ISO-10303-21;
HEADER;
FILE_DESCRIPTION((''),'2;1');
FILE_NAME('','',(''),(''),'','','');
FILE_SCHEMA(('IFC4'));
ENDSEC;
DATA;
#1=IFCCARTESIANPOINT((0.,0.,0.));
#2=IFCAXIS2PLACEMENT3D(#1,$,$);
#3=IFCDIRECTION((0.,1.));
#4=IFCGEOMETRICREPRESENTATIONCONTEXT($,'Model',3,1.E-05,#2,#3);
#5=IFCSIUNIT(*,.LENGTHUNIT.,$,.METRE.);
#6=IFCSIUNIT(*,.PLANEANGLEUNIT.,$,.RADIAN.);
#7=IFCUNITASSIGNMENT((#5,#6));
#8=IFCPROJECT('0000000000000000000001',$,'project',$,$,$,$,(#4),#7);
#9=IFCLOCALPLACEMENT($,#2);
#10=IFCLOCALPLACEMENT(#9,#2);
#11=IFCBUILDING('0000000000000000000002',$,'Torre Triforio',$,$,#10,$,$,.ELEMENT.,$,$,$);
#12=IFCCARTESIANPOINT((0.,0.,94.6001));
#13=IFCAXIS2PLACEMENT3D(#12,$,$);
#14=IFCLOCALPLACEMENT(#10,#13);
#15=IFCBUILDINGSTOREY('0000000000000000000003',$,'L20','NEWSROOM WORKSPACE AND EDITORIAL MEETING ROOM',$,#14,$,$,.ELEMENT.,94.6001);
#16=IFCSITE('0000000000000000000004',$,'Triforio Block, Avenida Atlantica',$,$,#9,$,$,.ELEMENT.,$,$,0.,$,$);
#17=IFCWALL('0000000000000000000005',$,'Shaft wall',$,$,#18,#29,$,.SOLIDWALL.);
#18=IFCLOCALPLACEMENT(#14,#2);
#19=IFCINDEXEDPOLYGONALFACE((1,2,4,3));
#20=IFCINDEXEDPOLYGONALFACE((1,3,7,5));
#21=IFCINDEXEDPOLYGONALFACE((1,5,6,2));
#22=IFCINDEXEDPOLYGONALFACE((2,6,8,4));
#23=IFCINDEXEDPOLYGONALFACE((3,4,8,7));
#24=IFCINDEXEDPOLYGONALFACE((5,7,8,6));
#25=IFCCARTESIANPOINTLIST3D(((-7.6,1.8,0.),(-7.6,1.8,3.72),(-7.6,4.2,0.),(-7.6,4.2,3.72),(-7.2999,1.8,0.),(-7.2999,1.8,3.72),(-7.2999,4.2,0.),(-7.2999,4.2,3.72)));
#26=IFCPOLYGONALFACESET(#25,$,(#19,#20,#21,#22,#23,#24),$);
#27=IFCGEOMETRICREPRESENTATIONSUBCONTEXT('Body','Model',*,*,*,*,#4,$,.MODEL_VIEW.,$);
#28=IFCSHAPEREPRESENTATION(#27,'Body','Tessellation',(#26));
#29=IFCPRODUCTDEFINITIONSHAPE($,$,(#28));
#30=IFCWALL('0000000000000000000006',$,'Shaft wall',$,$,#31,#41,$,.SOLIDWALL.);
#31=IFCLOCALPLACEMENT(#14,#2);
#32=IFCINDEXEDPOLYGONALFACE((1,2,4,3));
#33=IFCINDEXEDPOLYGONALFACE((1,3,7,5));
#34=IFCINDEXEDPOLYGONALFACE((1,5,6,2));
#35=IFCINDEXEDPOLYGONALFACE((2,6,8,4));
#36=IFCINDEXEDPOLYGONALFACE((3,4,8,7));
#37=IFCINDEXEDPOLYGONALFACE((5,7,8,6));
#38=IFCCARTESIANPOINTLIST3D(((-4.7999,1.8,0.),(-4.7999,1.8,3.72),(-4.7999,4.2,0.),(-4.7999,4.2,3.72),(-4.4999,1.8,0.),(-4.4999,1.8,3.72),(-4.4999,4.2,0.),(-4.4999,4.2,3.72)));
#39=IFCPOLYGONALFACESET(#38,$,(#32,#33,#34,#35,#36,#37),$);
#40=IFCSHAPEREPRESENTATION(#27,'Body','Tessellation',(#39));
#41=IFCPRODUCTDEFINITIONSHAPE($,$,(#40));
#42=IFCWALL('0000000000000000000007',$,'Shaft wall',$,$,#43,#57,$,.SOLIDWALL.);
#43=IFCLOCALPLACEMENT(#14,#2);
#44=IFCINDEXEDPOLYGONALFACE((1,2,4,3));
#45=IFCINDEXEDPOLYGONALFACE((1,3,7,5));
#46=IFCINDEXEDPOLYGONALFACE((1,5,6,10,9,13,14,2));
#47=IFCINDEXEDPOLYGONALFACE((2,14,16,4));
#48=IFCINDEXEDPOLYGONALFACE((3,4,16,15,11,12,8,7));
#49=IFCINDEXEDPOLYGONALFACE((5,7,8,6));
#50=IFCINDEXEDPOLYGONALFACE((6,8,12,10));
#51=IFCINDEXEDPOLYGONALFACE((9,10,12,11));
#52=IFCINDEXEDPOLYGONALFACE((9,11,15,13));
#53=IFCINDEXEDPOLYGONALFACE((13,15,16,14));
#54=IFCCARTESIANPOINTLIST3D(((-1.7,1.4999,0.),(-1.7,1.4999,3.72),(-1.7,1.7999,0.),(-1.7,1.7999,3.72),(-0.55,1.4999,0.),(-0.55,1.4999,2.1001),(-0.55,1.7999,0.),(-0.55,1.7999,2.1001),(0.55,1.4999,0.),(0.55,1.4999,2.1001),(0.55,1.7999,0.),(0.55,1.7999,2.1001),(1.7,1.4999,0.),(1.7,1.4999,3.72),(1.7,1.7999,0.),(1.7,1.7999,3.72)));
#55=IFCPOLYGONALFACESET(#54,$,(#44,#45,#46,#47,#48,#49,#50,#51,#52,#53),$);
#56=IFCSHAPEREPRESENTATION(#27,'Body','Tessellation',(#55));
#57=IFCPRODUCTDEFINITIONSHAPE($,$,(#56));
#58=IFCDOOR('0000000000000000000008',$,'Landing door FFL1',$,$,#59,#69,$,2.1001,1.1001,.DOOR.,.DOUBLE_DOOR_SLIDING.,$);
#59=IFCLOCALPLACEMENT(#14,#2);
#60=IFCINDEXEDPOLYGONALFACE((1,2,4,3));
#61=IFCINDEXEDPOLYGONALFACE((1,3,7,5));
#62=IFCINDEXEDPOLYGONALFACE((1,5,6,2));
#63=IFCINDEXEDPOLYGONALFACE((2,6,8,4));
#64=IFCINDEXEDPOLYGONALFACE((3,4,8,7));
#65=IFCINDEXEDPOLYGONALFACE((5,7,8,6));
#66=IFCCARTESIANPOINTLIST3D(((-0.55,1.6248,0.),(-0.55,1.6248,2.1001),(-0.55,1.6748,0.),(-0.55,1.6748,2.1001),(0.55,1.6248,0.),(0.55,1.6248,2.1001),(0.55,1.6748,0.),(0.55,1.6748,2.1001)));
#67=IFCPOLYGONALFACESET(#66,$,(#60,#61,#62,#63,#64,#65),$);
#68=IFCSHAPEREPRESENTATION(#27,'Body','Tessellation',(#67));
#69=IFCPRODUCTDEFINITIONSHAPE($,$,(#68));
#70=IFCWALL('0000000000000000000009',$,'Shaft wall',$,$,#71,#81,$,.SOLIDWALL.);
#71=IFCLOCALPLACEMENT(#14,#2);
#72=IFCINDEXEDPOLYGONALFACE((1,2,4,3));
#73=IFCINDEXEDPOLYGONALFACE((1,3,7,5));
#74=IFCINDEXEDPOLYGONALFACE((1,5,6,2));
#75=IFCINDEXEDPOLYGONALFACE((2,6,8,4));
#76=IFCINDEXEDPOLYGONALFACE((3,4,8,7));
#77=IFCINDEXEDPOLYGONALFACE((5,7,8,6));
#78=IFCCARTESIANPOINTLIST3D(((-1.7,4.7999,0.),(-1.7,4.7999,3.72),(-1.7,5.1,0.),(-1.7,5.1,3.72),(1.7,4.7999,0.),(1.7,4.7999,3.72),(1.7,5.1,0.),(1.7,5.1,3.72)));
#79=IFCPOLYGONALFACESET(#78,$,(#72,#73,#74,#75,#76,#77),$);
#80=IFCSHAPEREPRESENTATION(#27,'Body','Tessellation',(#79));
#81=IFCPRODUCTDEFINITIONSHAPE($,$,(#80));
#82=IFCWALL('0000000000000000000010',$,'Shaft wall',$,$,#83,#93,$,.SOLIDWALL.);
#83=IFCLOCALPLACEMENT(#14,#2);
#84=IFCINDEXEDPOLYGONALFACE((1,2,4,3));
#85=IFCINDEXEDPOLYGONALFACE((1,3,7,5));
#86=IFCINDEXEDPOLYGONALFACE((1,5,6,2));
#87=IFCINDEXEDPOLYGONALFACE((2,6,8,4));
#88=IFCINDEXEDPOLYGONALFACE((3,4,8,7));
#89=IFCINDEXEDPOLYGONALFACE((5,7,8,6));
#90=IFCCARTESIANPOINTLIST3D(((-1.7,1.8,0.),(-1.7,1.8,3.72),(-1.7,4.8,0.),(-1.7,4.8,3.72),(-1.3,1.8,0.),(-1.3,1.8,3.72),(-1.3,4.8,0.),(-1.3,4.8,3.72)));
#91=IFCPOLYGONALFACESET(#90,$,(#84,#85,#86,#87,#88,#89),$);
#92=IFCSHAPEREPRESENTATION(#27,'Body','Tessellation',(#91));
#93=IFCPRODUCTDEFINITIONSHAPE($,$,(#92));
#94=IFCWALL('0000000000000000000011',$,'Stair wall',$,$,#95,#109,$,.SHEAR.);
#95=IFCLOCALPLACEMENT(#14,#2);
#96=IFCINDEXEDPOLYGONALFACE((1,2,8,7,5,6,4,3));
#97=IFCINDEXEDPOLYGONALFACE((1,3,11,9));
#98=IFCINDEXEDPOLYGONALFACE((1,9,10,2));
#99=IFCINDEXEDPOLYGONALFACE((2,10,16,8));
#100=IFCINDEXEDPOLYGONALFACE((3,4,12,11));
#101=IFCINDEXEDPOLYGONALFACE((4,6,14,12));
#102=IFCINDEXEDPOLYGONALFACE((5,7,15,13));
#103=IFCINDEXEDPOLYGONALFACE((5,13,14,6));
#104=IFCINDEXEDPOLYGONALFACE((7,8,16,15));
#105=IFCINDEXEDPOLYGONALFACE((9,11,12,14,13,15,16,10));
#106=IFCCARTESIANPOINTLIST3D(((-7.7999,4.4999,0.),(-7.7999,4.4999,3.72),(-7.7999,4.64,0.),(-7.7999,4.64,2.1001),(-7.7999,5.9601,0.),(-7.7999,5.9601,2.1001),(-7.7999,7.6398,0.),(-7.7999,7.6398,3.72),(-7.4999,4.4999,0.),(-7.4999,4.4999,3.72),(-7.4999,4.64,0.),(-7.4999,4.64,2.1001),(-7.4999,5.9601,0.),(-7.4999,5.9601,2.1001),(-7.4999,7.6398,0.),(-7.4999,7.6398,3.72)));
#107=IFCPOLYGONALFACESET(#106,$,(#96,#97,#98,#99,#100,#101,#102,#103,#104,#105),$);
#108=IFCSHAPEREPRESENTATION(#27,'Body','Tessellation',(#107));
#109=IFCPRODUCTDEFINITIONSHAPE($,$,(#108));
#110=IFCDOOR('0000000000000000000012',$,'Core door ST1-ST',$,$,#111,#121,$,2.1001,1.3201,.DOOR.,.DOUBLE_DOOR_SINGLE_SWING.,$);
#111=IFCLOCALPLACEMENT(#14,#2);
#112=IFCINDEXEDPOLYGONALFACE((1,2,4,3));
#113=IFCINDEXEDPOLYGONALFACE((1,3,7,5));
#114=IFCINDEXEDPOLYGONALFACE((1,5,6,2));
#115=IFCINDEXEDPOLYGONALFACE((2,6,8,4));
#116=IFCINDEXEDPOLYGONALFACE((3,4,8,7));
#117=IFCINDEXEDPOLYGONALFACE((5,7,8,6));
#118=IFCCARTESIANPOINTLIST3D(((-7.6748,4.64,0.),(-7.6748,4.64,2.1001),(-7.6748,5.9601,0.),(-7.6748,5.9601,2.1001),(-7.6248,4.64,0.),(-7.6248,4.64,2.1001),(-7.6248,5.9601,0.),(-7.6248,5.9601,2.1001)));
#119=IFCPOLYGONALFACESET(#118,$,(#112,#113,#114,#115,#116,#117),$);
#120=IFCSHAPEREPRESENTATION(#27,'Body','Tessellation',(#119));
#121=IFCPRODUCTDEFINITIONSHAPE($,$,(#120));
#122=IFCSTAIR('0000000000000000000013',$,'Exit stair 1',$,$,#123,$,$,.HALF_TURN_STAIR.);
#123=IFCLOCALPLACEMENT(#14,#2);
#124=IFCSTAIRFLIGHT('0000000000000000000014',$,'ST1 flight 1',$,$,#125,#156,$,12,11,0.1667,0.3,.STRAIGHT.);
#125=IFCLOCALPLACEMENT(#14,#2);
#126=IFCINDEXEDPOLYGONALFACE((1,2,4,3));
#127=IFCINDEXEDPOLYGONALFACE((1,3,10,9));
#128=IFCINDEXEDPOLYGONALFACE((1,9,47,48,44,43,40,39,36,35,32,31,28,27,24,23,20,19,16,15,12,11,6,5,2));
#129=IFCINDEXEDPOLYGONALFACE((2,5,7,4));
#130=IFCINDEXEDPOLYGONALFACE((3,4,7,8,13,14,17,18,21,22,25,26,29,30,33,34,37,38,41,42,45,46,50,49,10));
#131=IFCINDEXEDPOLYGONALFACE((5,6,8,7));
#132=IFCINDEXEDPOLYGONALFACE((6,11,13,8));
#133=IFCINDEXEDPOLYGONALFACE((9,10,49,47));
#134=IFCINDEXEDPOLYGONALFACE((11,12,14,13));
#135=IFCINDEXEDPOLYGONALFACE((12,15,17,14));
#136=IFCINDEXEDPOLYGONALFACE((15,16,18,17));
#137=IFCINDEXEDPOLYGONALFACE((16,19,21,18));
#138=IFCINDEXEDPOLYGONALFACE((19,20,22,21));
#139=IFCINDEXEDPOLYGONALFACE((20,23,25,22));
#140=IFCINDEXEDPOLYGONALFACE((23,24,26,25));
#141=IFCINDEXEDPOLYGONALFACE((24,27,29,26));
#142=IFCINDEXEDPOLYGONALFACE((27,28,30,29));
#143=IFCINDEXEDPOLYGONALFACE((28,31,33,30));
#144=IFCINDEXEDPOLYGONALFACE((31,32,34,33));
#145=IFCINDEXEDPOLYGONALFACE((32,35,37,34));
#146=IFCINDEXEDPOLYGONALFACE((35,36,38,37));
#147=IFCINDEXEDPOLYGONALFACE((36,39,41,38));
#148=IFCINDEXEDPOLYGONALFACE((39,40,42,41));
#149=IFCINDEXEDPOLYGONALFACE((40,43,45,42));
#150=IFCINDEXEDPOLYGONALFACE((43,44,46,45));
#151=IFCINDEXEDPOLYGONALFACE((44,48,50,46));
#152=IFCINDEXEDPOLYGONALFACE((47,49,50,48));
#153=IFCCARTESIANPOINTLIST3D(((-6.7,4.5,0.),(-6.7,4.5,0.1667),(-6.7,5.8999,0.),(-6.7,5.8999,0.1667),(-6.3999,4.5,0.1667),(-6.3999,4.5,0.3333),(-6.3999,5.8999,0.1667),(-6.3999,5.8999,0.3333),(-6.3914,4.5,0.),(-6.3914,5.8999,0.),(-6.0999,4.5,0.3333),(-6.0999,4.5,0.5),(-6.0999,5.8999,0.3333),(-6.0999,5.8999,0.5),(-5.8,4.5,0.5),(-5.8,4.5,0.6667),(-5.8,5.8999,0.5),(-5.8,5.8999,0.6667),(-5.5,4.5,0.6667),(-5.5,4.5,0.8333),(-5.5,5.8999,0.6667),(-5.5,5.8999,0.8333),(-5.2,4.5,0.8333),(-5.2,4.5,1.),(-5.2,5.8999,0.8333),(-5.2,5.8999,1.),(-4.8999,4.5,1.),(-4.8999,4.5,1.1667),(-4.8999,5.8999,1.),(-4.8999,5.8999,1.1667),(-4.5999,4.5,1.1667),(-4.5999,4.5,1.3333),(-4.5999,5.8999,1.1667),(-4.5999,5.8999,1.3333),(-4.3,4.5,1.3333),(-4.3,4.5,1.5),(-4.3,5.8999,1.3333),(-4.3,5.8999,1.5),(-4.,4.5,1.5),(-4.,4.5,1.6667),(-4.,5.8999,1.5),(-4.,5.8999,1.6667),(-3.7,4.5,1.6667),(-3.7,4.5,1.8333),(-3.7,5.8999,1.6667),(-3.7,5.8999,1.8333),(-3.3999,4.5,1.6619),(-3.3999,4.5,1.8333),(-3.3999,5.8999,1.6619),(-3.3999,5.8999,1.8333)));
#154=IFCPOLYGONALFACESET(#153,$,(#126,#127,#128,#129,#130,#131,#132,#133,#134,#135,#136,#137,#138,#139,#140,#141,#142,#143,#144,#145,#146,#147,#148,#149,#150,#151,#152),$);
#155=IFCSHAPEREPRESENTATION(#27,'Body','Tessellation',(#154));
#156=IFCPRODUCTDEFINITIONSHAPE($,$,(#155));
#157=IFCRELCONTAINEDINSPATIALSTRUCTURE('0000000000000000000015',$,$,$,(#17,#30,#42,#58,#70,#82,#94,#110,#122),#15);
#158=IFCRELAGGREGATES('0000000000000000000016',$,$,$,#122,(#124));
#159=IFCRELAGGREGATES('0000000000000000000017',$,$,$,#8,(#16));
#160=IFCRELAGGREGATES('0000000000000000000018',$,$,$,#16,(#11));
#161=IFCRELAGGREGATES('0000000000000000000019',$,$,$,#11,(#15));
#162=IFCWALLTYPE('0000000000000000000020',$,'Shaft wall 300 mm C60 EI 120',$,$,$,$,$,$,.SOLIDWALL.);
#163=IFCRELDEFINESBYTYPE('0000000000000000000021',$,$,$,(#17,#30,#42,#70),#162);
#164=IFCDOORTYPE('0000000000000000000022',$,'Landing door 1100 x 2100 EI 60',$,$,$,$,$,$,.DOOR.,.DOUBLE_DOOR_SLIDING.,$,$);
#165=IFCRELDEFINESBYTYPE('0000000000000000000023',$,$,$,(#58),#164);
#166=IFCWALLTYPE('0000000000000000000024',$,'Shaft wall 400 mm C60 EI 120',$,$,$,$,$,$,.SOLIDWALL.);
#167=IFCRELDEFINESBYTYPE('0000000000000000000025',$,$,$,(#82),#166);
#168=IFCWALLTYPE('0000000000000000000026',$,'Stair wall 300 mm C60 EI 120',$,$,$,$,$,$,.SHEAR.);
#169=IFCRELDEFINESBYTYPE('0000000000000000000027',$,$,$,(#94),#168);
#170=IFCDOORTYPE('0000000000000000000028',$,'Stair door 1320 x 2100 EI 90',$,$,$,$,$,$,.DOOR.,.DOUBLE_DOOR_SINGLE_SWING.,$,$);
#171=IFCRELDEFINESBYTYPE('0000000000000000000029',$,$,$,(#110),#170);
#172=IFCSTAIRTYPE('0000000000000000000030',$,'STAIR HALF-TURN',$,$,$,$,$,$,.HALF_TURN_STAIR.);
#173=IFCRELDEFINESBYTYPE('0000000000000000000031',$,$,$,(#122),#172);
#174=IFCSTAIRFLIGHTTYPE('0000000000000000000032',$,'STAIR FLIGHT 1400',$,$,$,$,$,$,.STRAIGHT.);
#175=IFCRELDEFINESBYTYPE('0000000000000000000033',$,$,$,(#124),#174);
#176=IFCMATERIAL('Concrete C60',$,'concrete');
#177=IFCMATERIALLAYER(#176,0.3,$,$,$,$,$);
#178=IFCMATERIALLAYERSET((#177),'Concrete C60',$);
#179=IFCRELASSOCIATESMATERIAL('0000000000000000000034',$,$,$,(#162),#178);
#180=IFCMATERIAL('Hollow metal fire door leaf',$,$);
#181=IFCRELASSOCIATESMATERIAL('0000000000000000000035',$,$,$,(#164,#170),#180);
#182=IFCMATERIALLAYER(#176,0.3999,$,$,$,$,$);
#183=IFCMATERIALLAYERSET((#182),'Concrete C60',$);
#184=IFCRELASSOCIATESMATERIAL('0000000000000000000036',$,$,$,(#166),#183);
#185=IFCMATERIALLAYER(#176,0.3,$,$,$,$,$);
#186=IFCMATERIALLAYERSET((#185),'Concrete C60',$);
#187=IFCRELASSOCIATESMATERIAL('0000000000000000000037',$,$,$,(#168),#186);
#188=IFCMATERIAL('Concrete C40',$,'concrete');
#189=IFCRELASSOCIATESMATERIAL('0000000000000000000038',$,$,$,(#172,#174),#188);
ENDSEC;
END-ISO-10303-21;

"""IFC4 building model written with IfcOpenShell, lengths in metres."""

from ifc_helpers import new_model, si_unit, direction, frame, frame_2d, origin, place, context, subcontext, project, spatial, polyline, rectangle, outline, extrude, material, layer, layer_set, type_object, element, fill, aggregate, save


model = new_model("IFC4")

# Units and contexts
model_context = context("Model", 3, precision=1e-05, world=origin(), true_north=direction((0.0, 1.0)))
body_context = subcontext(model_context, "Body", "Model", "MODEL_VIEW")
ifc_project = project(units=[si_unit("LENGTHUNIT", "METRE"), si_unit("PLANEANGLEUNIT", "RADIAN")], contexts=[model_context])

# Site, building, storey
site_placement = place(None, origin())
site = spatial("IfcSite", under=ifc_project, at=site_placement, Name="Triforio Block, Avenida Atlantica", CompositionType="ELEMENT", RefElevation=0.0)
building_placement = place(site_placement, origin())
building = spatial("IfcBuilding", under=site, at=building_placement, Name="Torre Triforio", CompositionType="ELEMENT")
storey_placement = place(building_placement, frame((0.0, 0.0, 94.6001)))
storey = spatial("IfcBuildingStorey", under=building, at=storey_placement, Name="L20", Description="NEWSROOM WORKSPACE AND EDITORIAL MEETING ROOM", CompositionType="ELEMENT", Elevation=94.6001)

# Walls
ifc_material_1 = material(Name="Concrete C60", Category="concrete")
ifc_layer_1 = layer(ifc_material_1, 0.3)
ifc_layer_set_1 = layer_set([ifc_layer_1], Name="Concrete C60")
wall_type_1 = type_object("IfcWallType", Name="Shaft wall 300 mm C60 EI 120", PredefinedType="SOLIDWALL", material=ifc_layer_set_1)
for number, where, z_axis, x_axis, name in (
    (1, (-7.45, 1.8, 0.0), (0.0, 0.0, 1.0), (0.0, 1.0, 0.0), "Shaft wall"),
    (2, (-4.6499, 1.8, 0.0), (0.0, 0.0, 1.0), (0.0, 1.0, 0.0), "Shaft wall"),
):
    element("IfcWall", number, at=place(storey_placement, frame(where, z_axis=z_axis, x_axis=x_axis)), inside=storey, type_object=wall_type_1, Name=name, PredefinedType="SOLIDWALL", context=body_context, shape_type="SweptSolid", body=[
        extrude(rectangle(XDim=2.3999, YDim=0.3, at=frame_2d((1.2, 0.0))), origin(), (0.0, 0.0, 1.0), 3.72),
    ])

# Wall, opening, door
wall_1_placement = place(storey_placement, frame((-1.7, 1.6499, 0.0), z_axis=(0.0, 0.0, 1.0), x_axis=(1.0, 0.0, 0.0)))
wall_1 = element("IfcWall", 3, at=wall_1_placement, inside=storey, type_object=wall_type_1, Name="Shaft wall", PredefinedType="SOLIDWALL", context=body_context, shape_type="SweptSolid", body=[
    extrude(rectangle(XDim=3.3999, YDim=0.3, at=frame_2d((1.7, 0.0))), origin(), (0.0, 0.0, 1.0), 3.72),
])
opening_1_placement = place(wall_1_placement, frame((1.1499, 0.0, 0.0)))
opening_1 = element("IfcOpeningElement", 4, at=opening_1_placement, cuts=wall_1, PredefinedType="OPENING", context=body_context, shape_type="SweptSolid", body=[
    extrude(rectangle(XDim=1.1001, YDim=2.1001, at=frame_2d((0.55, 1.05))), frame((0.0, 0.1599, 0.0), z_axis=(0.0, -1.0, 0.0), x_axis=(1.0, 0.0, 0.0)), (0.0, 0.0, 1.0), 0.3201),
])
ifc_material_2 = material(Name="Hollow metal fire door leaf")
door_type_1 = type_object("IfcDoorType", Name="Landing door 1100 x 2100 EI 60", OperationType="DOUBLE_DOOR_SLIDING", PredefinedType="DOOR", material=ifc_material_2)
door_1_placement = place(opening_1_placement, origin())
door_1 = element("IfcDoor", 5, at=door_1_placement, inside=storey, type_object=door_type_1, Name="Landing door FFL1", OperationType="DOUBLE_DOOR_SLIDING", OverallHeight=2.1001, OverallWidth=1.1001, PredefinedType="DOOR", context=body_context, shape_type="SweptSolid", body=[
    extrude(rectangle(XDim=1.1001, YDim=2.1001, at=frame_2d((0.55, 1.05))), frame((0.0, 0.0249, 0.0), z_axis=(0.0, -1.0, 0.0), x_axis=(1.0, 0.0, 0.0)), (0.0, 0.0, 1.0), 0.05),
])
fill(opening_1, door_1)

# Walls
wall_2_placement = place(storey_placement, frame((-1.7, 4.95, 0.0), z_axis=(0.0, 0.0, 1.0), x_axis=(1.0, 0.0, 0.0)))
element("IfcWall", 6, at=wall_2_placement, inside=storey, type_object=wall_type_1, Name="Shaft wall", PredefinedType="SOLIDWALL", context=body_context, shape_type="SweptSolid", body=[
    extrude(rectangle(XDim=3.3999, YDim=0.3, at=frame_2d((1.7, 0.0))), origin(), (0.0, 0.0, 1.0), 3.72),
])
ifc_layer_2 = layer(ifc_material_1, 0.3999)
ifc_layer_set_2 = layer_set([ifc_layer_2], Name="Concrete C60")
wall_type_2 = type_object("IfcWallType", Name="Shaft wall 400 mm C60 EI 120", PredefinedType="SOLIDWALL", material=ifc_layer_set_2)
wall_3_placement = place(storey_placement, frame((-1.5, 1.8, 0.0), z_axis=(0.0, 0.0, 1.0), x_axis=(0.0, 1.0, 0.0)))
element("IfcWall", 7, at=wall_3_placement, inside=storey, type_object=wall_type_2, Name="Shaft wall", PredefinedType="SOLIDWALL", context=body_context, shape_type="SweptSolid", body=[
    extrude(rectangle(XDim=3.0, YDim=0.3999, at=frame_2d((1.5, 0.0))), origin(), (0.0, 0.0, 1.0), 3.72),
])

# Wall, opening, door
ifc_layer_3 = layer(ifc_material_1, 0.3)
ifc_layer_set_3 = layer_set([ifc_layer_3], Name="Concrete C60")
wall_type_3 = type_object("IfcWallType", Name="Stair wall 300 mm C60 EI 120", PredefinedType="SHEAR", material=ifc_layer_set_3)
wall_4_placement = place(storey_placement, frame((-7.6499, 4.5, 0.0), z_axis=(0.0, 0.0, 1.0), x_axis=(0.0, 1.0, 0.0)))
wall_4 = element("IfcWall", 8, at=wall_4_placement, inside=storey, type_object=wall_type_3, Name="Stair wall", PredefinedType="SHEAR", context=body_context, shape_type="SweptSolid", body=[
    extrude(rectangle(XDim=3.1399, YDim=0.3, at=frame_2d((1.5698, 0.0))), origin(), (0.0, 0.0, 1.0), 3.72),
])
opening_2_placement = place(wall_4_placement, frame((0.1399, 0.0, 0.0)))
opening_2 = element("IfcOpeningElement", 9, at=opening_2_placement, cuts=wall_4, PredefinedType="OPENING", context=body_context, shape_type="SweptSolid", body=[
    extrude(rectangle(XDim=1.3201, YDim=2.1001, at=frame_2d((0.6602, 1.05))), frame((0.0, 0.1599, 0.0), z_axis=(0.0, -1.0, 0.0), x_axis=(1.0, 0.0, 0.0)), (0.0, 0.0, 1.0), 0.3201),
])
door_type_2 = type_object("IfcDoorType", Name="Stair door 1320 x 2100 EI 90", OperationType="DOUBLE_DOOR_SINGLE_SWING", PredefinedType="DOOR", material=ifc_material_2)
door_2_placement = place(opening_2_placement, origin())
door_2 = element("IfcDoor", 10, at=door_2_placement, inside=storey, type_object=door_type_2, Name="Core door ST1-ST", OperationType="DOUBLE_DOOR_SINGLE_SWING", OverallHeight=2.1001, OverallWidth=1.3201, PredefinedType="DOOR", context=body_context, shape_type="SweptSolid", body=[
    extrude(rectangle(XDim=1.3201, YDim=2.1001, at=frame_2d((0.6602, 1.05))), frame((0.0, 0.0249, 0.0), z_axis=(0.0, -1.0, 0.0), x_axis=(1.0, 0.0, 0.0)), (0.0, 0.0, 1.0), 0.05),
])
fill(opening_2, door_2)

# Stair, stair flight
ifc_material_3 = material(Name="Concrete C40", Category="concrete")
stair_type = type_object("IfcStairType", Name="STAIR HALF-TURN", PredefinedType="HALF_TURN_STAIR", material=ifc_material_3)
stair_placement = place(storey_placement, origin())
stair = element("IfcStair", 11, at=stair_placement, inside=storey, type_object=stair_type, Name="Exit stair 1", PredefinedType="HALF_TURN_STAIR")
stair_flight_type = type_object("IfcStairFlightType", Name="STAIR FLIGHT 1400", PredefinedType="STRAIGHT", material=ifc_material_3)
stair_flight_1_placement = place(storey_placement, frame((-6.7, 5.2, 0.0), z_axis=(0.0, 0.0, 1.0), x_axis=(1.0, 0.0, 0.0)))
stair_flight_1 = element("IfcStairFlight", 12, at=stair_flight_1_placement, type_object=stair_flight_type, Name="ST1 flight 1", NumberOfRisers=12, NumberOfTreads=11, PredefinedType="STRAIGHT", RiserHeight=0.1667, TreadLength=0.3, context=body_context, shape_type="SweptSolid", body=[
    extrude(outline(polyline([(0.0, 0.0), (0.0, 0.1667), (0.3, 0.1667), (0.3, 0.3333), (0.6001, 0.3333), (0.6001, 0.5), (0.8999, 0.5), (0.8999, 0.6667), (1.2, 0.6667), (1.2, 0.8333), (1.5, 0.8333), (1.5, 1.0), (1.8, 1.0), (1.8, 1.1667), (2.1001, 1.1667), (2.1001, 1.3333), (2.3999, 1.3333), (2.3999, 1.5), (2.7, 1.5), (2.7, 1.6667), (3.0, 1.6667), (3.0, 1.8333), (3.3, 1.8333), (3.3, 2.0), (3.3, 1.6619), (0.3086, 0.0), (0.0, 0.0)])), frame((0.0, 0.7, 0.0), z_axis=(0.0, -1.0, 0.0), x_axis=(1.0, 0.0, 0.0)), (0.0, 0.0, 1.0), 1.3999),
])
aggregate(stair, [stair_flight_1])

save(model, "model.ifc")
